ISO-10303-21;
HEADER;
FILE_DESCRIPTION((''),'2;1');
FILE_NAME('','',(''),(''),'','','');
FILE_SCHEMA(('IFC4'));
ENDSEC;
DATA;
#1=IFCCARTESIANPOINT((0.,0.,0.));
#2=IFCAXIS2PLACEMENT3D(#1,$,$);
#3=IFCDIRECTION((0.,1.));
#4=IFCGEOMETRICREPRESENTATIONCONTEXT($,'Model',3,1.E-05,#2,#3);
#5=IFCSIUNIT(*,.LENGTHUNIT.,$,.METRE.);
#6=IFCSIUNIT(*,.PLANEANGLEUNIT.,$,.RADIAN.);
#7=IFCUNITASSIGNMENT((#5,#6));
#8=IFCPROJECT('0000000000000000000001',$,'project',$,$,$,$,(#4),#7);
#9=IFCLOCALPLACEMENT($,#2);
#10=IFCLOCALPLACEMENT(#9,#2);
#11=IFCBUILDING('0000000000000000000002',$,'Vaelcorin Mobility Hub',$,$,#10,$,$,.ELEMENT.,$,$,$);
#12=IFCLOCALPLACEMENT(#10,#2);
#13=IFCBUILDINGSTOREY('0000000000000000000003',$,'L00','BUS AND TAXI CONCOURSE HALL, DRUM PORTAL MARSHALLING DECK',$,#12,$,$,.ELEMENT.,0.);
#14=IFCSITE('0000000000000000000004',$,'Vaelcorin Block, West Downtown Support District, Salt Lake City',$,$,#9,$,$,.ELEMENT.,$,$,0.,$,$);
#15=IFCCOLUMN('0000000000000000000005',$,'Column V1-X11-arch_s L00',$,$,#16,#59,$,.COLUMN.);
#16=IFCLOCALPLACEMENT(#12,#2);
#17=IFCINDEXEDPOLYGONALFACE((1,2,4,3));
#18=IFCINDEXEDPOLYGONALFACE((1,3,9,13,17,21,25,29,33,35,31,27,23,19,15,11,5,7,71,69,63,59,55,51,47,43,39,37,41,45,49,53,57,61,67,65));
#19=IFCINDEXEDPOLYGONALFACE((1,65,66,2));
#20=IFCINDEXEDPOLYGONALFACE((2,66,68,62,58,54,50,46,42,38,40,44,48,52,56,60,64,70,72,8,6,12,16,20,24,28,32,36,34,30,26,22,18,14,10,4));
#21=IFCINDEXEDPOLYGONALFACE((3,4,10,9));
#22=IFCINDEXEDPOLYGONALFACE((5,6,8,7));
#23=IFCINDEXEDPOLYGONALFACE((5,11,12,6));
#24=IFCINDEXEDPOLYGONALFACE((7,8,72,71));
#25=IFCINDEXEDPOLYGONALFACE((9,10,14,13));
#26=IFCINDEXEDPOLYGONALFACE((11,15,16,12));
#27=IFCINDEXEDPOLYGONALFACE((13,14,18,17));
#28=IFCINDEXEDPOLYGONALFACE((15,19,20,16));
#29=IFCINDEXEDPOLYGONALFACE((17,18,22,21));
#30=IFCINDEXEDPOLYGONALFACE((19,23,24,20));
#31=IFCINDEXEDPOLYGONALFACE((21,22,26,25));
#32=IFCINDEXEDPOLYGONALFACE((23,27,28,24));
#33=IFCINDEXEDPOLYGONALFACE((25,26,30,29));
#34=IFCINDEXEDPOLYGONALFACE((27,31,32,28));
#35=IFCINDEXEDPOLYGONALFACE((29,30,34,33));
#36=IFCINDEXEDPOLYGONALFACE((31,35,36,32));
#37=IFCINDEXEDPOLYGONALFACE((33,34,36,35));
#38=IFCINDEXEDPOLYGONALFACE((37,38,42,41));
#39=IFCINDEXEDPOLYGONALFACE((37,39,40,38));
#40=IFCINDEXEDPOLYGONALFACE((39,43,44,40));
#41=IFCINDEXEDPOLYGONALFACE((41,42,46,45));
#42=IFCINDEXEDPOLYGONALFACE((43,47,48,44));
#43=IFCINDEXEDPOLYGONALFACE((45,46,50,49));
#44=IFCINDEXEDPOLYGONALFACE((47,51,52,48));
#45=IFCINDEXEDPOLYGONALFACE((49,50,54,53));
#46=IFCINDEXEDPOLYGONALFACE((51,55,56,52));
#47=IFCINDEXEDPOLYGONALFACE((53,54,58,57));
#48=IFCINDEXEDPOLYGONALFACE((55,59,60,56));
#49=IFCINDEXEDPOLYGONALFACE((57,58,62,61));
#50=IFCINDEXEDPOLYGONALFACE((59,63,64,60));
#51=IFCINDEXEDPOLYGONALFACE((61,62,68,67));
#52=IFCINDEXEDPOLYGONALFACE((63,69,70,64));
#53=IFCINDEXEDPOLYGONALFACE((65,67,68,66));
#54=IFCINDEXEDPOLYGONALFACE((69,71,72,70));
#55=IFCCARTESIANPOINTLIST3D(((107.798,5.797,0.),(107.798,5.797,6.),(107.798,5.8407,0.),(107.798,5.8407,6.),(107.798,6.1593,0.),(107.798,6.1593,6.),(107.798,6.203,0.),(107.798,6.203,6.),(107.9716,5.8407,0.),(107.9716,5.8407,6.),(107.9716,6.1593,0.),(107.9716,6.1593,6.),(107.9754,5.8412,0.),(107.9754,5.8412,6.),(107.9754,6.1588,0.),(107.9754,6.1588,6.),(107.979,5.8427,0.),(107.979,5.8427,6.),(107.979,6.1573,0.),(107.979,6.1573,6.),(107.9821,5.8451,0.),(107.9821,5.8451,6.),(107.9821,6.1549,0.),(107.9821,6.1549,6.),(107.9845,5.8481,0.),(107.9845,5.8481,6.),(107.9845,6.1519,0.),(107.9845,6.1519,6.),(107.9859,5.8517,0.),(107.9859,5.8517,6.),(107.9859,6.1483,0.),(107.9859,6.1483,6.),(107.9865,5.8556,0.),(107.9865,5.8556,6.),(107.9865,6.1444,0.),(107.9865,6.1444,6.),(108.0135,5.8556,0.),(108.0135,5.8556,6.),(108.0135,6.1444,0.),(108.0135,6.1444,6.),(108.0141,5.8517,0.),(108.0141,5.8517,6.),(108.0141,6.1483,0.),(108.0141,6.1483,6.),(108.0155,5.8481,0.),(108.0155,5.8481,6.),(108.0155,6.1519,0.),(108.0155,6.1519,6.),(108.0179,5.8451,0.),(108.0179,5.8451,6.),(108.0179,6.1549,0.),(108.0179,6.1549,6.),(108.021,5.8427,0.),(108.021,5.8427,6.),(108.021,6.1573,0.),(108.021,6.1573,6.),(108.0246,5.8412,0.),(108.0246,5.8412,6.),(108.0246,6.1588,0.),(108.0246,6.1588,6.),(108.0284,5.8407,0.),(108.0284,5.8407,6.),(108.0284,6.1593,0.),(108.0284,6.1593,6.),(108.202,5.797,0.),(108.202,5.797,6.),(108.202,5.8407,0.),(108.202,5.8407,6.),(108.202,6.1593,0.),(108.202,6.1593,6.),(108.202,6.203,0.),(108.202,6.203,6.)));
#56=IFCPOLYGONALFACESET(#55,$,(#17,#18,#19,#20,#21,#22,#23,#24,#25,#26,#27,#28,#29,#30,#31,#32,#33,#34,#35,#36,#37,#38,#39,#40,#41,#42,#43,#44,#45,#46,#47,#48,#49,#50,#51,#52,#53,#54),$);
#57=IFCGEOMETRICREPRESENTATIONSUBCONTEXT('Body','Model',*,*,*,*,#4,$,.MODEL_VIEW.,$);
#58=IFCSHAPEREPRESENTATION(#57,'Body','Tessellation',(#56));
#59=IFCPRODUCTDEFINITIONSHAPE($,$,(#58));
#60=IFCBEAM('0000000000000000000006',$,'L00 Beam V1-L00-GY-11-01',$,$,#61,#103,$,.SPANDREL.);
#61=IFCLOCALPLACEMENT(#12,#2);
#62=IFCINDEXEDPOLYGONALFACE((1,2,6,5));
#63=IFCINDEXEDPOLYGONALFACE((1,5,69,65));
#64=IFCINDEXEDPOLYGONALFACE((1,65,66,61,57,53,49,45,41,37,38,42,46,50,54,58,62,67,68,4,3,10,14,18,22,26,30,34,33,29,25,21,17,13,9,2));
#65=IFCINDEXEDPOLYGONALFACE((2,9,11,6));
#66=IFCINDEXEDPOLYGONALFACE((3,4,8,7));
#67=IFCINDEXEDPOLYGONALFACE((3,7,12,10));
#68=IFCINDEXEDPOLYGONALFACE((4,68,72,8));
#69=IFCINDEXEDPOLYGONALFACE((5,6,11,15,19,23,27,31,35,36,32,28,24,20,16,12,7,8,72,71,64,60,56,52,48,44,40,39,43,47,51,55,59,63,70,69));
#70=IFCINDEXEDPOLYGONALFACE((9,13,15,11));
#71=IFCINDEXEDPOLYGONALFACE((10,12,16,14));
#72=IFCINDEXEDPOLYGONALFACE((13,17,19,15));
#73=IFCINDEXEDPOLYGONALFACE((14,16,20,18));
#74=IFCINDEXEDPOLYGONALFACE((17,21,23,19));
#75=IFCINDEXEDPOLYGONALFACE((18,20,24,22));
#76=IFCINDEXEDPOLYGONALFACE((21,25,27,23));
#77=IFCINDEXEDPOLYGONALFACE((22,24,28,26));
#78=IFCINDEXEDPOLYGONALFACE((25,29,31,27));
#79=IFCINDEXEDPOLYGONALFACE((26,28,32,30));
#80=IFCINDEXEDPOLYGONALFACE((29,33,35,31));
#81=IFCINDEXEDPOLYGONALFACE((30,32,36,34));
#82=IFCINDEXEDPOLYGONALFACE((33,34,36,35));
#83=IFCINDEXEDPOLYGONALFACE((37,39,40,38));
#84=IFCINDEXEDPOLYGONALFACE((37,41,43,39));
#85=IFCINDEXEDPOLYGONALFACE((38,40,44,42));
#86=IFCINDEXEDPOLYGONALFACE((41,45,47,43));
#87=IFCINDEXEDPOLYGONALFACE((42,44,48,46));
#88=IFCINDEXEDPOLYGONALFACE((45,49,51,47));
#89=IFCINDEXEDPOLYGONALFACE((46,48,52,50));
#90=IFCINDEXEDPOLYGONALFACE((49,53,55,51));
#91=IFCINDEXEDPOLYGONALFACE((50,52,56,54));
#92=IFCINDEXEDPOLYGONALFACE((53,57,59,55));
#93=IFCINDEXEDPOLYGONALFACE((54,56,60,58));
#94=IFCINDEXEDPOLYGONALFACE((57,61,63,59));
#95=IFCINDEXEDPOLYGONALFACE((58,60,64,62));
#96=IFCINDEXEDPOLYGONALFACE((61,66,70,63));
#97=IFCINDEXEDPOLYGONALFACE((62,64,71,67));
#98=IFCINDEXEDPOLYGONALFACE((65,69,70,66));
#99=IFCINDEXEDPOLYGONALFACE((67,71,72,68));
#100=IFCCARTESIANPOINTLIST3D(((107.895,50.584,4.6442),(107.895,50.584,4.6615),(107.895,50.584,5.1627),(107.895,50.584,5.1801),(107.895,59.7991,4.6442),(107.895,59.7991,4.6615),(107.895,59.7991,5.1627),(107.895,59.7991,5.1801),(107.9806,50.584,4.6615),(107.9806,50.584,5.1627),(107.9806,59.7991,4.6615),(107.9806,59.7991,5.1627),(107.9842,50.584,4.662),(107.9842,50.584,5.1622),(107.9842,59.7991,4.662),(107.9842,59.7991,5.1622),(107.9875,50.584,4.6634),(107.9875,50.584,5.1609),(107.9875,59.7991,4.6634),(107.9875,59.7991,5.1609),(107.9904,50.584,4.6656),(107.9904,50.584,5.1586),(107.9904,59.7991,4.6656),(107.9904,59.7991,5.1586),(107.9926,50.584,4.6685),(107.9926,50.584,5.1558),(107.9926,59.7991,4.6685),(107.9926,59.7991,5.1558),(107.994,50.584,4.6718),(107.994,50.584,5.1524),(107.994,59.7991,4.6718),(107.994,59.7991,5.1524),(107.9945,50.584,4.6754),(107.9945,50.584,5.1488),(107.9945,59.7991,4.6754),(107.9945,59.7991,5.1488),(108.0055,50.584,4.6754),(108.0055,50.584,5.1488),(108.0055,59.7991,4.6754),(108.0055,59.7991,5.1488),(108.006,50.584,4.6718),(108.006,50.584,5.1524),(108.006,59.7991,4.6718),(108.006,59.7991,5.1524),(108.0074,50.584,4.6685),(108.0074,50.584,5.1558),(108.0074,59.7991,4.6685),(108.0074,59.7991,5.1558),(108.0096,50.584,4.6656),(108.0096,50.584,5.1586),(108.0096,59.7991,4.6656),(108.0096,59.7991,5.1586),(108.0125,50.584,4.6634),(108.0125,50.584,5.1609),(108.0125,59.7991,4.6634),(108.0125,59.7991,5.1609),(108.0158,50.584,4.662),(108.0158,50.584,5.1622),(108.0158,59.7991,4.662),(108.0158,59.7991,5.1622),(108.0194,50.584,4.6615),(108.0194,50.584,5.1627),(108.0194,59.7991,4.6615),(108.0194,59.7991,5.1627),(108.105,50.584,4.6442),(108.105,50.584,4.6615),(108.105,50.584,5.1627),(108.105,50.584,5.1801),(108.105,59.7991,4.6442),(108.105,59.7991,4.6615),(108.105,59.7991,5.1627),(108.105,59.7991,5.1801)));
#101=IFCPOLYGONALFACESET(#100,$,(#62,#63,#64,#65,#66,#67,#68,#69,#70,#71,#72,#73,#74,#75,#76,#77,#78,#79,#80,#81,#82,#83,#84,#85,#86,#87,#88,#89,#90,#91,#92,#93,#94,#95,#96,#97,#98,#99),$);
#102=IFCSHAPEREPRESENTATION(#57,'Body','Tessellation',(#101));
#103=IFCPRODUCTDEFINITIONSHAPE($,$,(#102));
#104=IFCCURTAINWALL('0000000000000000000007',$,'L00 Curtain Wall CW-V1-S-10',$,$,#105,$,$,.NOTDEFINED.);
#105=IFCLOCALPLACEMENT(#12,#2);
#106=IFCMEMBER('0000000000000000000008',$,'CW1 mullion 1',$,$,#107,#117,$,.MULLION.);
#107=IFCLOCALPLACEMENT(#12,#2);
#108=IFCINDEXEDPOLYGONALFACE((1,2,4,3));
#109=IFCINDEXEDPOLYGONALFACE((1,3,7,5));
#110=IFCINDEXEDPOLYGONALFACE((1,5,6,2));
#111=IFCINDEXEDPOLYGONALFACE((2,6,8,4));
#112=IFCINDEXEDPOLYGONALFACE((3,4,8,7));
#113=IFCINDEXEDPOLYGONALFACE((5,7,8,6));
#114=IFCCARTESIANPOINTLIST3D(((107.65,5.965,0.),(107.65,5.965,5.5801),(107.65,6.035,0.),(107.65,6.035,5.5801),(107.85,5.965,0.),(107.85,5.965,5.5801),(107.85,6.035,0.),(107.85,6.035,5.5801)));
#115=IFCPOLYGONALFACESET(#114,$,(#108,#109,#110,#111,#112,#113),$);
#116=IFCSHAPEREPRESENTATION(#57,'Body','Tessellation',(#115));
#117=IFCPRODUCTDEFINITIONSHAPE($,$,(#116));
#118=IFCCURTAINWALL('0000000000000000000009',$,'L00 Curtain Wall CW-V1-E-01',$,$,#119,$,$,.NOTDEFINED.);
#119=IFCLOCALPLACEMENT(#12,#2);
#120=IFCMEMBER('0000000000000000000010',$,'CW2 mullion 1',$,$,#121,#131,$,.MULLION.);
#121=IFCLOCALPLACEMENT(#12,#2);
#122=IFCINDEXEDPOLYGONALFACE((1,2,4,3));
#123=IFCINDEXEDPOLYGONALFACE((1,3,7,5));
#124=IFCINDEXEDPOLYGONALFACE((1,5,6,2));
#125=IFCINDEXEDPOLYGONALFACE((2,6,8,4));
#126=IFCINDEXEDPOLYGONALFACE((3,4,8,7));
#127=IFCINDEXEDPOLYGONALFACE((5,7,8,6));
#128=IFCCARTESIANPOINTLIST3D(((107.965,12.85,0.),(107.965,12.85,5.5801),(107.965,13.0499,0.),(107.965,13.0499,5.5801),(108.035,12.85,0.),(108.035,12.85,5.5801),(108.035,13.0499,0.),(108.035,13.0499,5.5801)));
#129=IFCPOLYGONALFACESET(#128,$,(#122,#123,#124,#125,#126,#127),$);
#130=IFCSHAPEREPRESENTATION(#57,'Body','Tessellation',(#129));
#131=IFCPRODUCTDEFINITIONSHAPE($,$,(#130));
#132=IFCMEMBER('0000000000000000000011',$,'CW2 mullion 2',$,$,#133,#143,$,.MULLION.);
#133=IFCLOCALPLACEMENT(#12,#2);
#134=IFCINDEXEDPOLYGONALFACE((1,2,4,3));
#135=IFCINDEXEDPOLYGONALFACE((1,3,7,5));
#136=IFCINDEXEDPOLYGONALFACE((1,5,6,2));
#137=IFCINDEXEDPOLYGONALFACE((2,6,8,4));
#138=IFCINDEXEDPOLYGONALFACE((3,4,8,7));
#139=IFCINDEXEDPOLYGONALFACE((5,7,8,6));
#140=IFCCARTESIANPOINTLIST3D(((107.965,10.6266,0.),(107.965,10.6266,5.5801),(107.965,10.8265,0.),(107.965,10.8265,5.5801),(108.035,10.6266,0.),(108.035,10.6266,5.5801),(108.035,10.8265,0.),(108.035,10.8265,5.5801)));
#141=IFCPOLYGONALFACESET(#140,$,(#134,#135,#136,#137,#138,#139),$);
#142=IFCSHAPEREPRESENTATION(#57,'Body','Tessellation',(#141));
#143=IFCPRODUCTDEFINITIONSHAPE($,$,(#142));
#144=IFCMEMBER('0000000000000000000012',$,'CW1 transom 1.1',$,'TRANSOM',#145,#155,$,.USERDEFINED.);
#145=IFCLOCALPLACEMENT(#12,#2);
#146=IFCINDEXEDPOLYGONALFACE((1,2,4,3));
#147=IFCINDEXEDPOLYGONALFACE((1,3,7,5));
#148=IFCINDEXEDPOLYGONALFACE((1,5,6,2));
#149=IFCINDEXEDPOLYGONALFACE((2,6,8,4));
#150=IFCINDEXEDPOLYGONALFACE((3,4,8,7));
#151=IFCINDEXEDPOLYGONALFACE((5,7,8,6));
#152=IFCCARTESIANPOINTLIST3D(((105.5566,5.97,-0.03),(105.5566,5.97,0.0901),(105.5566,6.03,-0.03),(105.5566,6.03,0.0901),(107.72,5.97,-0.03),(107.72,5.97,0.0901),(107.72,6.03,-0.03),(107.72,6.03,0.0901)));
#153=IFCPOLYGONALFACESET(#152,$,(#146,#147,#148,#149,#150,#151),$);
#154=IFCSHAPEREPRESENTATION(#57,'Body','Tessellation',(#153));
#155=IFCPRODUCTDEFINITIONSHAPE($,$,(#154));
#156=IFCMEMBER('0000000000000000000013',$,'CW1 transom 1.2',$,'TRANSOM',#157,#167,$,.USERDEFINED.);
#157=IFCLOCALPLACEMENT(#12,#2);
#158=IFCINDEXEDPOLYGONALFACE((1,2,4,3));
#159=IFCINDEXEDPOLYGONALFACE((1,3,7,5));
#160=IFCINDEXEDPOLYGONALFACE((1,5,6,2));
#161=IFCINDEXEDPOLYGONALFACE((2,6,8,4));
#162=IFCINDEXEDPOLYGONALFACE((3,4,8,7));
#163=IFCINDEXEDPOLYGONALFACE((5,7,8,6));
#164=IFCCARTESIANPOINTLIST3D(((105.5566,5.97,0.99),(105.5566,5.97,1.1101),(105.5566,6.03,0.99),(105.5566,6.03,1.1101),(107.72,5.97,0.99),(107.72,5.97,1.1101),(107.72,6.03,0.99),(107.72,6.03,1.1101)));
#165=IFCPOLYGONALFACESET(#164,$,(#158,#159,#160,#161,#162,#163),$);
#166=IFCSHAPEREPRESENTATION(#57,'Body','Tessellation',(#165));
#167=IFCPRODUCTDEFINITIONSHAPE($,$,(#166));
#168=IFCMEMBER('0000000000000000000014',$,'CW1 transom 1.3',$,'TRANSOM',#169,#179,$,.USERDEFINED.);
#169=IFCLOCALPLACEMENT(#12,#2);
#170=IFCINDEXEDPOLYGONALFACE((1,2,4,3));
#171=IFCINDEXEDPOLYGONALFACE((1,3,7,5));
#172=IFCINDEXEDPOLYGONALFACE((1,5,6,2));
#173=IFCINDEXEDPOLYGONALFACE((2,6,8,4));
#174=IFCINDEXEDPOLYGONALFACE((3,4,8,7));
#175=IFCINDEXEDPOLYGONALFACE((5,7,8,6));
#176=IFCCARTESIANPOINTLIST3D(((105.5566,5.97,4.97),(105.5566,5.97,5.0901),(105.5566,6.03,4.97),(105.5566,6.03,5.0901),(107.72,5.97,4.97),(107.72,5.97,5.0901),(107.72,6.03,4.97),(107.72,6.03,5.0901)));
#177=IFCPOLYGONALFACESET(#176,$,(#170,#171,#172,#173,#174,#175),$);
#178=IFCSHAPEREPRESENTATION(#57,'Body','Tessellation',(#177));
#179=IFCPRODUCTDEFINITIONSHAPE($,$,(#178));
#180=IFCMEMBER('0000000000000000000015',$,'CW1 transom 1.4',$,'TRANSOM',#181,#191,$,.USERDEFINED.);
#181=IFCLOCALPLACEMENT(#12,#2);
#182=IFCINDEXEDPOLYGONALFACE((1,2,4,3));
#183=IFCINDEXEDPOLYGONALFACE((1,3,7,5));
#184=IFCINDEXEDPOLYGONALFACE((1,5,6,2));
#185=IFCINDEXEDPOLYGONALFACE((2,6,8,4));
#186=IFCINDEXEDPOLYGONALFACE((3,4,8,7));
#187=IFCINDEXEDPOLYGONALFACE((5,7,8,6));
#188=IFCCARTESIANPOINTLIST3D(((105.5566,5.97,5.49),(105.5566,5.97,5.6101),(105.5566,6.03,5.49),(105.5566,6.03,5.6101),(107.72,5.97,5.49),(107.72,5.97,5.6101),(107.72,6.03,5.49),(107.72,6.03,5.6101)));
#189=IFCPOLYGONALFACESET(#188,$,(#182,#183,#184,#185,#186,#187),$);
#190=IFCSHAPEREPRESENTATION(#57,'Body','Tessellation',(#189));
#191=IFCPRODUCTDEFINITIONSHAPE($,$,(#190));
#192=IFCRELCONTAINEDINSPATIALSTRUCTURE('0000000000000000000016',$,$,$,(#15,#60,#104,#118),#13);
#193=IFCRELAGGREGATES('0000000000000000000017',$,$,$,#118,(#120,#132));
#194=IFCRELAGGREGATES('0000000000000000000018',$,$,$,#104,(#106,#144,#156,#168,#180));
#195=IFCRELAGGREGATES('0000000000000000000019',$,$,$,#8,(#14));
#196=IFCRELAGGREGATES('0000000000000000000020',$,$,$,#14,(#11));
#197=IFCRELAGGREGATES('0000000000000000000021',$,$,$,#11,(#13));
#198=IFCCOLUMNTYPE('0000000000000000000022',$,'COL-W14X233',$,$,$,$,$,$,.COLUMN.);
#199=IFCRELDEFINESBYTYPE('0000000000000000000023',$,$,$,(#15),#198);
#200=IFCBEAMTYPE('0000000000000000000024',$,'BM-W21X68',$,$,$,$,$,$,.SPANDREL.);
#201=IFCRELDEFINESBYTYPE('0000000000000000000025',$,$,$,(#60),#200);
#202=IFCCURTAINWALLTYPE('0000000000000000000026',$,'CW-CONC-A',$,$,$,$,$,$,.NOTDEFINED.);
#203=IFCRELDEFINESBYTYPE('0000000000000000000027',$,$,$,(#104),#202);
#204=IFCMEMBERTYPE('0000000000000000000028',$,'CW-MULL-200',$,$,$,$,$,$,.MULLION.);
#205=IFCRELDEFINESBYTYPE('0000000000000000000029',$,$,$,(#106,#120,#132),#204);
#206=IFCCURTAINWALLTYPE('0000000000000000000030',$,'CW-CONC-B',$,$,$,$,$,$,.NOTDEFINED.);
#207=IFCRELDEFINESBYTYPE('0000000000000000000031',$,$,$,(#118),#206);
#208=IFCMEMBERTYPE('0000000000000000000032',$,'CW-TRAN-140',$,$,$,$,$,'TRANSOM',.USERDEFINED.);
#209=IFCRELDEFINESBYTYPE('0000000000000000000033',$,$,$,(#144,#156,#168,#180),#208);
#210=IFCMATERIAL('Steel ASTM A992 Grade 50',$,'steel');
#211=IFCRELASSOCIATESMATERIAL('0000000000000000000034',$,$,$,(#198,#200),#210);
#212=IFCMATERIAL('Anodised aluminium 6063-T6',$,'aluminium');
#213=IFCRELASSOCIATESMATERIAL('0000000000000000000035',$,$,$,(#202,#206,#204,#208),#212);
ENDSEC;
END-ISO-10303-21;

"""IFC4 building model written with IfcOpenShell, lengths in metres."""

from ifc_helpers import new_model, si_unit, direction, frame, origin, origin_2d, place, context, subcontext, project, spatial, rectangle, i_section, extrude, material, material_profile, profile_set, type_object, element, aggregate, save


model = new_model("IFC4")

# Units and contexts
model_context = context("Model", 3, precision=1e-05, world=origin(), true_north=direction((0.0, 1.0)))
body_context = subcontext(model_context, "Body", "Model", "MODEL_VIEW")
ifc_project = project(units=[si_unit("LENGTHUNIT", "METRE"), si_unit("PLANEANGLEUNIT", "RADIAN")], contexts=[model_context])

# Site, building, storey
site_placement = place(None, origin())
site = spatial("IfcSite", under=ifc_project, at=site_placement, Name="Vaelcorin Block, West Downtown Support District, Salt Lake City", CompositionType="ELEMENT", RefElevation=0.0)
building_placement = place(site_placement, origin())
building = spatial("IfcBuilding", under=site, at=building_placement, Name="Vaelcorin Mobility Hub", CompositionType="ELEMENT")
storey_placement = place(building_placement, origin())
storey = spatial("IfcBuildingStorey", under=building, at=storey_placement, Name="L00", Description="BUS AND TAXI CONCOURSE HALL, DRUM PORTAL MARSHALLING DECK", CompositionType="ELEMENT", Elevation=0.0)

# Column
ifc_material_1 = material(Name="Steel ASTM A992 Grade 50", Category="steel")
ifc_material_profile_1 = material_profile(ifc_material_1, i_section(OverallWidth=0.4041, OverallDepth=0.406, WebThickness=0.0271, FlangeThickness=0.0437, FilletRadius=0.0149, at=origin_2d()), Name="W14X233")
ifc_profile_set_1 = profile_set([ifc_material_profile_1], Name="Steel ASTM A992 Grade 50")
column_type_1 = type_object("IfcColumnType", Name="COL-W14X233", PredefinedType="COLUMN", material=ifc_profile_set_1)
column_placement = place(storey_placement, frame((108.0, 6.0, 0.0), z_axis=(0.0, 0.0, 1.0), x_axis=(1.0, 0.0, 0.0)))
element("IfcColumn", 1, at=column_placement, inside=storey, type_object=column_type_1, Name="Column V1-X11-arch_s L00", PredefinedType="COLUMN", context=body_context, shape_type="SweptSolid", body=[
    extrude(i_section(OverallWidth=0.4041, OverallDepth=0.406, WebThickness=0.0271, FlangeThickness=0.0437, FilletRadius=0.0149, at=origin_2d()), origin(), (0.0, 0.0, 1.0), 6.0),
])

# Beam
ifc_material_profile_2 = material_profile(ifc_material_1, i_section(OverallWidth=0.21, OverallDepth=0.5359, WebThickness=0.011, FlangeThickness=0.0173, FilletRadius=0.0139, at=origin_2d()), Name="W21X68")
ifc_profile_set_2 = profile_set([ifc_material_profile_2], Name="Steel ASTM A992 Grade 50")
beam_type = type_object("IfcBeamType", Name="BM-W21X68", PredefinedType="SPANDREL", material=ifc_profile_set_2)
beam_placement = place(storey_placement, frame((108.0, 50.584, 4.9121), z_axis=(0.0, 1.0, 0.0), x_axis=(-1.0, 0.0, 0.0)))
element("IfcBeam", 2, at=beam_placement, inside=storey, type_object=beam_type, Name="L00 Beam V1-L00-GY-11-01", PredefinedType="SPANDREL", context=body_context, shape_type="SweptSolid", body=[
    extrude(i_section(OverallWidth=0.21, OverallDepth=0.5359, WebThickness=0.011, FlangeThickness=0.0173, FilletRadius=0.0139, at=origin_2d()), origin(), (0.0, 0.0, 1.0), 9.2151),
])

# Curtain wall, member
ifc_material_2 = material(Name="Anodised aluminium 6063-T6", Category="aluminium")
curtain_wall_type_1 = type_object("IfcCurtainWallType", Name="CW-CONC-A", PredefinedType="NOTDEFINED", material=ifc_material_2)
curtain_wall_1_placement = place(storey_placement, origin())
curtain_wall_1 = element("IfcCurtainWall", 3, at=curtain_wall_1_placement, inside=storey, type_object=curtain_wall_type_1, Name="L00 Curtain Wall CW-V1-S-10", PredefinedType="NOTDEFINED")
ifc_material_profile_3 = material_profile(ifc_material_2, rectangle(XDim=0.0701, YDim=0.2, at=origin_2d()), Name="ALU-M70X200")
ifc_profile_set_3 = profile_set([ifc_material_profile_3], Name="Anodised aluminium 6063-T6")
member_type_1 = type_object("IfcMemberType", Name="CW-MULL-200", PredefinedType="MULLION", material=ifc_profile_set_3)
member_1_placement = place(storey_placement, frame((107.75, 6.0, 0.0), z_axis=(0.0, 0.0, 1.0), x_axis=(0.0, -1.0, 0.0)))
member_1 = element("IfcMember", 4, at=member_1_placement, type_object=member_type_1, Name="CW1 mullion 1", PredefinedType="MULLION", context=body_context, shape_type="SweptSolid", body=[
    extrude(rectangle(XDim=0.0701, YDim=0.2, at=origin_2d()), origin(), (0.0, 0.0, 1.0), 5.5801),
])

# Curtain wall, members
curtain_wall_type_2 = type_object("IfcCurtainWallType", Name="CW-CONC-B", PredefinedType="NOTDEFINED", material=ifc_material_2)
curtain_wall_2_placement = place(storey_placement, origin())
curtain_wall_2 = element("IfcCurtainWall", 5, at=curtain_wall_2_placement, inside=storey, type_object=curtain_wall_type_2, Name="L00 Curtain Wall CW-V1-E-01", PredefinedType="NOTDEFINED")
member_2_placement = place(storey_placement, frame((108.0, 12.95, 0.0), z_axis=(0.0, 0.0, 1.0), x_axis=(1.0, 0.0, 0.0)))
member_2 = element("IfcMember", 6, at=member_2_placement, type_object=member_type_1, Name="CW2 mullion 1", PredefinedType="MULLION", context=body_context, shape_type="SweptSolid", body=[
    extrude(rectangle(XDim=0.0701, YDim=0.2, at=origin_2d()), origin(), (0.0, 0.0, 1.0), 5.5801),
])
member_3_placement = place(storey_placement, frame((108.0, 10.7266, 0.0), z_axis=(0.0, 0.0, 1.0), x_axis=(1.0, 0.0, 0.0)))
member_3 = element("IfcMember", 7, at=member_3_placement, type_object=member_type_1, Name="CW2 mullion 2", PredefinedType="MULLION", context=body_context, shape_type="SweptSolid", body=[
    extrude(rectangle(XDim=0.0701, YDim=0.2, at=origin_2d()), origin(), (0.0, 0.0, 1.0), 5.5801),
])
aggregate(curtain_wall_2, [member_2, member_3])

# Members
ifc_material_profile_4 = material_profile(ifc_material_2, rectangle(XDim=0.0601, YDim=0.1201, at=origin_2d()), Name="ALU-T60X120")
ifc_profile_set_4 = profile_set([ifc_material_profile_4], Name="Anodised aluminium 6063-T6")
member_type_2 = type_object("IfcMemberType", Name="CW-TRAN-140", ElementType="TRANSOM", PredefinedType="USERDEFINED", material=ifc_profile_set_4)
member_4_placement = place(storey_placement, frame((107.72, 6.0, 0.03), z_axis=(-1.0, 0.0, 0.0), x_axis=(0.0, -1.0, 0.0)))
member_4 = element("IfcMember", 8, at=member_4_placement, type_object=member_type_2, Name="CW1 transom 1.1", ObjectType="TRANSOM", PredefinedType="USERDEFINED", context=body_context, shape_type="SweptSolid", body=[
    extrude(rectangle(XDim=0.0601, YDim=0.1201, at=origin_2d()), origin(), (0.0, 0.0, 1.0), 2.1633),
])
member_5_placement = place(storey_placement, frame((107.72, 6.0, 1.05), z_axis=(-1.0, 0.0, 0.0), x_axis=(0.0, -1.0, 0.0)))
member_5 = element("IfcMember", 9, at=member_5_placement, type_object=member_type_2, Name="CW1 transom 1.2", ObjectType="TRANSOM", PredefinedType="USERDEFINED", context=body_context, shape_type="SweptSolid", body=[
    extrude(rectangle(XDim=0.0601, YDim=0.1201, at=origin_2d()), origin(), (0.0, 0.0, 1.0), 2.1633),
])
member_6_placement = place(storey_placement, frame((107.72, 6.0, 5.03), z_axis=(-1.0, 0.0, 0.0), x_axis=(0.0, -1.0, 0.0)))
member_6 = element("IfcMember", 10, at=member_6_placement, type_object=member_type_2, Name="CW1 transom 1.3", ObjectType="TRANSOM", PredefinedType="USERDEFINED", context=body_context, shape_type="SweptSolid", body=[
    extrude(rectangle(XDim=0.0601, YDim=0.1201, at=origin_2d()), origin(), (0.0, 0.0, 1.0), 2.1633),
])
member_7_placement = place(storey_placement, frame((107.72, 6.0, 5.55), z_axis=(-1.0, 0.0, 0.0), x_axis=(0.0, -1.0, 0.0)))
member_7 = element("IfcMember", 11, at=member_7_placement, type_object=member_type_2, Name="CW1 transom 1.4", ObjectType="TRANSOM", PredefinedType="USERDEFINED", context=body_context, shape_type="SweptSolid", body=[
    extrude(rectangle(XDim=0.0601, YDim=0.1201, at=origin_2d()), origin(), (0.0, 0.0, 1.0), 2.1633),
])

aggregate(curtain_wall_1, [member_1, member_4, member_5, member_6, member_7])

save(model, "model.ifc")
